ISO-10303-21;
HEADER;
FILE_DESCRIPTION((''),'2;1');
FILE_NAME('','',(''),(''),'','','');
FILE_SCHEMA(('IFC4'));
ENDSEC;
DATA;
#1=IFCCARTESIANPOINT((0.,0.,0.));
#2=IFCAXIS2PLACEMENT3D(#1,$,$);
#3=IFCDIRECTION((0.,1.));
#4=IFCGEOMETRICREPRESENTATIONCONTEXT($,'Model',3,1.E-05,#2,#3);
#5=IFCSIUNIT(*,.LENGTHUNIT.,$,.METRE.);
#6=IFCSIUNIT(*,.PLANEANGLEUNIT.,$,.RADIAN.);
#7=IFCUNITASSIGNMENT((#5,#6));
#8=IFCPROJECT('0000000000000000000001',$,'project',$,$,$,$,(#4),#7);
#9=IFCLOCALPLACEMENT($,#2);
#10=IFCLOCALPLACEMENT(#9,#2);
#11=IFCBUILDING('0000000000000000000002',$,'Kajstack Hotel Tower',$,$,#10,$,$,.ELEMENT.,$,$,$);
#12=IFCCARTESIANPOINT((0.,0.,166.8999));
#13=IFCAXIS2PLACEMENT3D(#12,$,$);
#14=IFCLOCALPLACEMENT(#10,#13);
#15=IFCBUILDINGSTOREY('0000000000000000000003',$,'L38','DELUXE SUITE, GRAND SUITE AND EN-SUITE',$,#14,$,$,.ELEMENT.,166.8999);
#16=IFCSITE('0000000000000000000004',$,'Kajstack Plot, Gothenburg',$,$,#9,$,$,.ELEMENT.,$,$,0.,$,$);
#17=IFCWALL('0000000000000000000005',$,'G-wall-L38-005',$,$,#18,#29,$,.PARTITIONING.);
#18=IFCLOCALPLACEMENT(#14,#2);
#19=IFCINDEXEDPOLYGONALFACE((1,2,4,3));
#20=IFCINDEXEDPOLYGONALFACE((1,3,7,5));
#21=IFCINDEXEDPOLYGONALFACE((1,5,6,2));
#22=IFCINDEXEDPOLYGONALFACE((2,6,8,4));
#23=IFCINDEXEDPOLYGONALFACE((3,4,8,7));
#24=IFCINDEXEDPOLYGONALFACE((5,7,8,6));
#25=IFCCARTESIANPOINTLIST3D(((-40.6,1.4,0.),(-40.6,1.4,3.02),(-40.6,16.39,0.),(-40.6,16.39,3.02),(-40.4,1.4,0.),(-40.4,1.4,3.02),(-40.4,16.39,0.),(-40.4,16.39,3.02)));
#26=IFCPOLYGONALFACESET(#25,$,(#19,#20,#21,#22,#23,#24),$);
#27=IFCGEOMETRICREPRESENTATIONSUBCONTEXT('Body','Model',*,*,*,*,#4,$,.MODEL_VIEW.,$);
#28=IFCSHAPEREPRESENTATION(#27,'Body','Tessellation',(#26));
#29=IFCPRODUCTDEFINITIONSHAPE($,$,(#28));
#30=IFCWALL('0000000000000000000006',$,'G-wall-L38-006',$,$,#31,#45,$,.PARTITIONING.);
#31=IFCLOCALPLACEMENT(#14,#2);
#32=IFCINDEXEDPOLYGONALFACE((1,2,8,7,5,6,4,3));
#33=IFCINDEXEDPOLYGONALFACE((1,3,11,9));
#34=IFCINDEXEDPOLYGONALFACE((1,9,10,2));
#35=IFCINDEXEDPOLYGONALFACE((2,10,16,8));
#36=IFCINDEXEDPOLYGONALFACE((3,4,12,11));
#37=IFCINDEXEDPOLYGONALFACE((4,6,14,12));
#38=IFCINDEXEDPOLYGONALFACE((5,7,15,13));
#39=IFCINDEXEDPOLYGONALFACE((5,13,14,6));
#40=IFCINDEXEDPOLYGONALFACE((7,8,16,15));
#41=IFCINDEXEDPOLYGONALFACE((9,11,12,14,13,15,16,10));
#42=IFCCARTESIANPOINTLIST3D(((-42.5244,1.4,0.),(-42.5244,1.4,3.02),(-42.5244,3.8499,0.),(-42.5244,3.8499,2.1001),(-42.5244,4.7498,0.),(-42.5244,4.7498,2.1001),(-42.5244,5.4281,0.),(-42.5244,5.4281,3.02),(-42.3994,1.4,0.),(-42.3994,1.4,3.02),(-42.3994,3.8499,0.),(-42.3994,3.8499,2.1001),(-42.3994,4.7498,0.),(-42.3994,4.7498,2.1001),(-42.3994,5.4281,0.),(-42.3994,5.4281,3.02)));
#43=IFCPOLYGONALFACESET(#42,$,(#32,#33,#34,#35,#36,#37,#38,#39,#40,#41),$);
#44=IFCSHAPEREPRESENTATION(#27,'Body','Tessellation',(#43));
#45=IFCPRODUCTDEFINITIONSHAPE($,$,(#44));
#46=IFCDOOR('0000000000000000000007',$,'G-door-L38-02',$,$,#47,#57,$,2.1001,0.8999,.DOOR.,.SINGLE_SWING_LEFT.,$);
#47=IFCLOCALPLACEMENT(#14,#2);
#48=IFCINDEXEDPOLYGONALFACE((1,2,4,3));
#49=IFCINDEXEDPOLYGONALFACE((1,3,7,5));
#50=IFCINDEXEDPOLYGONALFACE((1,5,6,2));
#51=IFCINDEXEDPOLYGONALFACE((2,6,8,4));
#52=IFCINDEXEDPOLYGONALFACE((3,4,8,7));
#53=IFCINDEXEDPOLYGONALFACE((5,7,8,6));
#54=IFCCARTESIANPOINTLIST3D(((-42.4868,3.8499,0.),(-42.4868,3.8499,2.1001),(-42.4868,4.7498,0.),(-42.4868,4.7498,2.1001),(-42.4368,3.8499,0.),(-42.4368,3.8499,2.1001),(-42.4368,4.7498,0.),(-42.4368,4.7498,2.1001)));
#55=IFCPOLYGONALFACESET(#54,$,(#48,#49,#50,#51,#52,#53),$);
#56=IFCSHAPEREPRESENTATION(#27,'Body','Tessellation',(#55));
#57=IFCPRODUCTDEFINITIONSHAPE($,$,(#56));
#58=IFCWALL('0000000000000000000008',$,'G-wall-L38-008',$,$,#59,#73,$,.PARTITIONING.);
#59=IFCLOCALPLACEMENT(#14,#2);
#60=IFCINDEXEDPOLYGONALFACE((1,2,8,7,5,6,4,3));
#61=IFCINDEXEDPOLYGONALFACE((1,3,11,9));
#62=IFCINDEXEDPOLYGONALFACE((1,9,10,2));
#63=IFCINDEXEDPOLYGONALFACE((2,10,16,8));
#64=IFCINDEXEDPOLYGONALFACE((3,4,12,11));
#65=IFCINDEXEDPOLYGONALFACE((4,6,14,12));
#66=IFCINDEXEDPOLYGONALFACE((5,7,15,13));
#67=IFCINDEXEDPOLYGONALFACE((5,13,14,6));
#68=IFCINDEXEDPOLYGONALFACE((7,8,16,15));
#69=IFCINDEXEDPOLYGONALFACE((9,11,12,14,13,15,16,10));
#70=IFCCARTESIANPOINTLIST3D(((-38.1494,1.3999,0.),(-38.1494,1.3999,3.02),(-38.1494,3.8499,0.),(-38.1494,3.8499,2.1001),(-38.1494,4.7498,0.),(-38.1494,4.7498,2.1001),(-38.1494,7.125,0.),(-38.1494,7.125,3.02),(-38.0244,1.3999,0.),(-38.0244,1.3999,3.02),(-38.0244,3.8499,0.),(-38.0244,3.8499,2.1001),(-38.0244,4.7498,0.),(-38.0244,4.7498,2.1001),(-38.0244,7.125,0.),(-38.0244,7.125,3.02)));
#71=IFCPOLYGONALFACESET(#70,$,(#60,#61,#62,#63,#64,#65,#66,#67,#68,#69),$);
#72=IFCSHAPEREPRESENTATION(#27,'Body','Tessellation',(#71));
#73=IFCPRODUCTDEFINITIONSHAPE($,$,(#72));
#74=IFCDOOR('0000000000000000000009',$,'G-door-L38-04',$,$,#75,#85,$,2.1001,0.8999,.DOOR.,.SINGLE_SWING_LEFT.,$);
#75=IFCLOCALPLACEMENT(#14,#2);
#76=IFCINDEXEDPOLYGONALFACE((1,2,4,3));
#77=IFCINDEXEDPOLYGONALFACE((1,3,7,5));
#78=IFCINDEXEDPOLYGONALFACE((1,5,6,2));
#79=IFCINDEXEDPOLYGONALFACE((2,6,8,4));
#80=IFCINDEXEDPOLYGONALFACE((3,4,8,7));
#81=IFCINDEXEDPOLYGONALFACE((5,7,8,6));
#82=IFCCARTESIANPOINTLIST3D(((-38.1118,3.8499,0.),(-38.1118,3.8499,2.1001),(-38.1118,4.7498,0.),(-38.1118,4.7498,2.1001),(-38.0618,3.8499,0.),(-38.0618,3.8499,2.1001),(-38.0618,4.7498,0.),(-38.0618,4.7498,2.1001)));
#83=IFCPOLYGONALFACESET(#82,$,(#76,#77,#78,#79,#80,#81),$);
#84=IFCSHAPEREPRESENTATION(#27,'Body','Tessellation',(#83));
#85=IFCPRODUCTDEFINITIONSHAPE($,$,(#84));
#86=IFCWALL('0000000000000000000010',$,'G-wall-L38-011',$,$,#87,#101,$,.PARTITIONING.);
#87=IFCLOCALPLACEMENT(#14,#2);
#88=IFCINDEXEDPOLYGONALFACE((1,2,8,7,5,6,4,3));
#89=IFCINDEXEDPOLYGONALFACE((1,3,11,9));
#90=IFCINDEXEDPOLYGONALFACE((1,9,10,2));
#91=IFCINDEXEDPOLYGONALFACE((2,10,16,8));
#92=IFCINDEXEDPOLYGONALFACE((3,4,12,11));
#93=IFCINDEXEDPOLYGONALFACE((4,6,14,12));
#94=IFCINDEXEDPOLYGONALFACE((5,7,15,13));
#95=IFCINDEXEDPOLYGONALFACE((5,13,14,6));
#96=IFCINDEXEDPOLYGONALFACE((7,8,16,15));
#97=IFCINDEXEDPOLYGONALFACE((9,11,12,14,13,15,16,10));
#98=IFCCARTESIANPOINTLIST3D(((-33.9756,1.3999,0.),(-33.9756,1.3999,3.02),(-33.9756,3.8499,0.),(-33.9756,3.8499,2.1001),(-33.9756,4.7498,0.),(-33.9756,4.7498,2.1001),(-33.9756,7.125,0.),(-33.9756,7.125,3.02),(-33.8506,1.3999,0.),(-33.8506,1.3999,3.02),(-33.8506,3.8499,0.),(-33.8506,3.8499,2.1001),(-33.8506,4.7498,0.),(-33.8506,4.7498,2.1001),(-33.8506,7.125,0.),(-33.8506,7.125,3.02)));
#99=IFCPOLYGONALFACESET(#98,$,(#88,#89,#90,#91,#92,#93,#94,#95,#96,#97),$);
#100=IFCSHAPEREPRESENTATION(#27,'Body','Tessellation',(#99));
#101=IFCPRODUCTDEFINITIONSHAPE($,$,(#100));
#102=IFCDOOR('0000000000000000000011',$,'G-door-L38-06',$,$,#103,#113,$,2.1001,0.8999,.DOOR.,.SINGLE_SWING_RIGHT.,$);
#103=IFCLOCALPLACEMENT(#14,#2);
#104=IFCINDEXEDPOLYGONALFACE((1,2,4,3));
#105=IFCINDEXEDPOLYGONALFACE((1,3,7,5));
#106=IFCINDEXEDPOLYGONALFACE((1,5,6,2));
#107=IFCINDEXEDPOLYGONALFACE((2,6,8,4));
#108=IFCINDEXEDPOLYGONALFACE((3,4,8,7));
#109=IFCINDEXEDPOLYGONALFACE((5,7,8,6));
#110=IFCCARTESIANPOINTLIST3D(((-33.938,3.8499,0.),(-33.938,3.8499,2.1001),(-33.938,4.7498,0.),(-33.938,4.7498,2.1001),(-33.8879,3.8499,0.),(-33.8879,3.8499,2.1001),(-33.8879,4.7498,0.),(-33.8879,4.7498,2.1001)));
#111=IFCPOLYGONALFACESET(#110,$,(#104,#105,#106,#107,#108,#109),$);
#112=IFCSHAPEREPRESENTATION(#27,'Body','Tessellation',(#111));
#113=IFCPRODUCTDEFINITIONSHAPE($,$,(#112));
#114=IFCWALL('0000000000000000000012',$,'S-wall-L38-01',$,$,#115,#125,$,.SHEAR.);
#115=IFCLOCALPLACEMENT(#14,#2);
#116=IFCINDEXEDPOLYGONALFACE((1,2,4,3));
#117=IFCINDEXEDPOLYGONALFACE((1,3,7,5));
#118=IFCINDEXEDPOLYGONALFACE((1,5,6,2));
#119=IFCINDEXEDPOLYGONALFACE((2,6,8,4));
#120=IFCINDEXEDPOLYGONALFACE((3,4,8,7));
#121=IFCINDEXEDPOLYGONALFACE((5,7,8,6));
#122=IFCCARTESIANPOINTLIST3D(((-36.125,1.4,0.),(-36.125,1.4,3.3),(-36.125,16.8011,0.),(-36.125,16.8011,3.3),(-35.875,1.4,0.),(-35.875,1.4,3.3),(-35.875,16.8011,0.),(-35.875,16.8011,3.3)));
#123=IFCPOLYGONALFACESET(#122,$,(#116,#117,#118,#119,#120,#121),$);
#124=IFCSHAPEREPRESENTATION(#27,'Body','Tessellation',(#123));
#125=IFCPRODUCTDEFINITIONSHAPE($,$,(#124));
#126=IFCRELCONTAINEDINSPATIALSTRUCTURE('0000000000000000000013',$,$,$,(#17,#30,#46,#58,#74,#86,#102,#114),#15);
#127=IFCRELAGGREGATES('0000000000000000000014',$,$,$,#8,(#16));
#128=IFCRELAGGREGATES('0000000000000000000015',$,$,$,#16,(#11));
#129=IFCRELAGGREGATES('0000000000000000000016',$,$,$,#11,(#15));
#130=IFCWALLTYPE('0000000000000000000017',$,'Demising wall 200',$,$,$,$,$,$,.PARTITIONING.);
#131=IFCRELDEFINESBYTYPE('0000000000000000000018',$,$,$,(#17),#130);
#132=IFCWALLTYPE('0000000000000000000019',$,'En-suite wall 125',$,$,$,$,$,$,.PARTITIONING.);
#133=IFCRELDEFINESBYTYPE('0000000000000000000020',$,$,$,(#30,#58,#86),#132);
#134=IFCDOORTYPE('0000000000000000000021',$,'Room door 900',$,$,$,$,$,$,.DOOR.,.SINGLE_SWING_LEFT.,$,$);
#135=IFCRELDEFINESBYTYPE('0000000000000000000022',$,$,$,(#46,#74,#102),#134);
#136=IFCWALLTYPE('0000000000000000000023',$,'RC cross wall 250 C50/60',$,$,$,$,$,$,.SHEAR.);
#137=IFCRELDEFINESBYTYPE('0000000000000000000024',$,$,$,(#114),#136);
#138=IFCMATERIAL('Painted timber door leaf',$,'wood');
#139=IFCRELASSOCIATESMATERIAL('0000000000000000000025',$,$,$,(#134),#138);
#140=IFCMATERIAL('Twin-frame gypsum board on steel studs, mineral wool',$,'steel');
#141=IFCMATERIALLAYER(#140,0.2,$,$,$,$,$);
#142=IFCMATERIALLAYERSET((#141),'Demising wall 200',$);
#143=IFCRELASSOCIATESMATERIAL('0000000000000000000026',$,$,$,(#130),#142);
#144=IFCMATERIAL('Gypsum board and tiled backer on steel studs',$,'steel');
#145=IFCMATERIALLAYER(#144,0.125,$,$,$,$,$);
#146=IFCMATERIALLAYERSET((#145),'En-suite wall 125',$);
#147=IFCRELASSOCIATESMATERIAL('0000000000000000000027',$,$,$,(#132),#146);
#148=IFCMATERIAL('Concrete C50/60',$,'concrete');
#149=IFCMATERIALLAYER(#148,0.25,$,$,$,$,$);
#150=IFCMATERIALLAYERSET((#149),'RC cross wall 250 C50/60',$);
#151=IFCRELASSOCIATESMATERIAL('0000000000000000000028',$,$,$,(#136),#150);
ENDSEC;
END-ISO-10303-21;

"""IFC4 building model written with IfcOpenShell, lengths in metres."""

from ifc_helpers import new_model, si_unit, direction, frame, frame_2d, origin, place, context, subcontext, project, spatial, rectangle, extrude, material, layer, layer_set, type_object, element, fill, save


model = new_model("IFC4")

# Units and contexts
model_context = context("Model", 3, precision=1e-05, world=origin(), true_north=direction((0.0, 1.0)))
body_context = subcontext(model_context, "Body", "Model", "MODEL_VIEW")
ifc_project = project(units=[si_unit("LENGTHUNIT", "METRE"), si_unit("PLANEANGLEUNIT", "RADIAN")], contexts=[model_context])

# Site, building, storey
site_placement = place(None, origin())
site = spatial("IfcSite", under=ifc_project, at=site_placement, Name="Kajstack Plot, Gothenburg", CompositionType="ELEMENT", RefElevation=0.0)
building_placement = place(site_placement, origin())
building = spatial("IfcBuilding", under=site, at=building_placement, Name="Kajstack Hotel Tower", CompositionType="ELEMENT")
storey_placement = place(building_placement, frame((0.0, 0.0, 166.8999)))
storey = spatial("IfcBuildingStorey", under=building, at=storey_placement, Name="L38", Description="DELUXE SUITE, GRAND SUITE AND EN-SUITE", CompositionType="ELEMENT", Elevation=166.8999)

# Shared definitions
ifc_material_1 = material(Name="Painted timber door leaf", Category="wood")
door_type_1 = type_object("IfcDoorType", Name="Room door 900", OperationType="SINGLE_SWING_LEFT", PredefinedType="DOOR", material=ifc_material_1)

# Wall
ifc_material_2 = material(Name="Twin-frame gypsum board on steel studs, mineral wool", Category="steel")
ifc_layer_1 = layer(ifc_material_2, 0.2)
ifc_layer_set_1 = layer_set([ifc_layer_1], Name="Demising wall 200")
wall_type_1 = type_object("IfcWallType", Name="Demising wall 200", PredefinedType="PARTITIONING", material=ifc_layer_set_1)
wall_1_placement = place(storey_placement, frame((-40.5, 1.3999, 0.0), z_axis=(0.0, 0.0, 1.0), x_axis=(0.0, 1.0, 0.0)))
element("IfcWall", 1, at=wall_1_placement, inside=storey, type_object=wall_type_1, Name="G-wall-L38-005", PredefinedType="PARTITIONING", context=body_context, shape_type="SweptSolid", body=[
    extrude(rectangle(XDim=14.99, YDim=0.2, at=frame_2d((7.4951, 0.0))), origin(), (0.0, 0.0, 1.0), 3.02),
])

# Walls, openings, doors
ifc_material_3 = material(Name="Gypsum board and tiled backer on steel studs", Category="steel")
ifc_layer_2 = layer(ifc_material_3, 0.125)
ifc_layer_set_2 = layer_set([ifc_layer_2], Name="En-suite wall 125")
wall_type_2 = type_object("IfcWallType", Name="En-suite wall 125", PredefinedType="PARTITIONING", material=ifc_layer_set_2)
wall_2_placement = place(storey_placement, frame((-42.4619, 1.3999, 0.0), z_axis=(0.0, 0.0, 1.0), x_axis=(0.0, 1.0, 0.0)))
wall_2 = element("IfcWall", 2, at=wall_2_placement, inside=storey, type_object=wall_type_2, Name="G-wall-L38-006", PredefinedType="PARTITIONING", context=body_context, shape_type="SweptSolid", body=[
    extrude(rectangle(XDim=4.0281, YDim=0.125, at=frame_2d((2.0142, 0.0))), origin(), (0.0, 0.0, 1.0), 3.02),
])
opening_1_placement = place(wall_2_placement, frame((2.45, 0.0, 0.0)))
opening_1 = element("IfcOpeningElement", 3, at=opening_1_placement, cuts=wall_2, PredefinedType="OPENING", context=body_context, shape_type="SweptSolid", body=[
    extrude(rectangle(XDim=0.8999, YDim=2.1001, at=frame_2d((0.45, 1.05))), frame((0.0, 0.0725, 0.0), z_axis=(0.0, -1.0, 0.0), x_axis=(1.0, 0.0, 0.0)), (0.0, 0.0, 1.0), 0.145),
])
door_1_placement = place(opening_1_placement, origin())
door_1 = element("IfcDoor", 4, at=door_1_placement, inside=storey, type_object=door_type_1, Name="G-door-L38-02", OperationType="SINGLE_SWING_LEFT", OverallHeight=2.1001, OverallWidth=0.8999, PredefinedType="DOOR", context=body_context, shape_type="SweptSolid", body=[
    extrude(rectangle(XDim=0.8999, YDim=2.1001, at=frame_2d((0.45, 1.05))), frame((0.0, 0.0249, 0.0), z_axis=(0.0, -1.0, 0.0), x_axis=(1.0, 0.0, 0.0)), (0.0, 0.0, 1.0), 0.05),
])
fill(opening_1, door_1)
wall_3_placement = place(storey_placement, frame((-38.0869, 1.3999, 0.0), z_axis=(0.0, 0.0, 1.0), x_axis=(0.0, 1.0, 0.0)))
wall_3 = element("IfcWall", 5, at=wall_3_placement, inside=storey, type_object=wall_type_2, Name="G-wall-L38-008", PredefinedType="PARTITIONING", context=body_context, shape_type="SweptSolid", body=[
    extrude(rectangle(XDim=5.7251, YDim=0.125, at=frame_2d((2.8625, 0.0))), origin(), (0.0, 0.0, 1.0), 3.02),
])
opening_2_placement = place(wall_3_placement, frame((2.45, 0.0, 0.0)))
opening_2 = element("IfcOpeningElement", 6, at=opening_2_placement, cuts=wall_3, PredefinedType="OPENING", context=body_context, shape_type="SweptSolid", body=[
    extrude(rectangle(XDim=0.8999, YDim=2.1001, at=frame_2d((0.45, 1.05))), frame((0.0, 0.0725, 0.0), z_axis=(0.0, -1.0, 0.0), x_axis=(1.0, 0.0, 0.0)), (0.0, 0.0, 1.0), 0.145),
])
door_2_placement = place(opening_2_placement, origin())
door_2 = element("IfcDoor", 7, at=door_2_placement, inside=storey, type_object=door_type_1, Name="G-door-L38-04", OperationType="SINGLE_SWING_LEFT", OverallHeight=2.1001, OverallWidth=0.8999, PredefinedType="DOOR", context=body_context, shape_type="SweptSolid", body=[
    extrude(rectangle(XDim=0.8999, YDim=2.1001, at=frame_2d((0.45, 1.05))), frame((0.0, 0.0249, 0.0), z_axis=(0.0, -1.0, 0.0), x_axis=(1.0, 0.0, 0.0)), (0.0, 0.0, 1.0), 0.05),
])
fill(opening_2, door_2)
wall_4_placement = place(storey_placement, frame((-33.9131, 1.3999, 0.0), z_axis=(0.0, 0.0, 1.0), x_axis=(0.0, 1.0, 0.0)))
wall_4 = element("IfcWall", 8, at=wall_4_placement, inside=storey, type_object=wall_type_2, Name="G-wall-L38-011", PredefinedType="PARTITIONING", context=body_context, shape_type="SweptSolid", body=[
    extrude(rectangle(XDim=5.7251, YDim=0.125, at=frame_2d((2.8625, 0.0))), origin(), (0.0, 0.0, 1.0), 3.02),
])
opening_3_placement = place(wall_4_placement, frame((2.45, 0.0, 0.0)))
opening_3 = element("IfcOpeningElement", 9, at=opening_3_placement, cuts=wall_4, PredefinedType="OPENING", context=body_context, shape_type="SweptSolid", body=[
    extrude(rectangle(XDim=0.8999, YDim=2.1001, at=frame_2d((0.45, 1.05))), frame((0.0, 0.0725, 0.0), z_axis=(0.0, -1.0, 0.0), x_axis=(1.0, 0.0, 0.0)), (0.0, 0.0, 1.0), 0.145),
])
door_3_placement = place(opening_3_placement, origin())
door_3 = element("IfcDoor", 10, at=door_3_placement, inside=storey, type_object=door_type_1, Name="G-door-L38-06", OperationType="SINGLE_SWING_RIGHT", OverallHeight=2.1001, OverallWidth=0.8999, PredefinedType="DOOR", context=body_context, shape_type="SweptSolid", body=[
    extrude(rectangle(XDim=0.8999, YDim=2.1001, at=frame_2d((0.45, 1.05))), frame((0.0, 0.0249, 0.0), z_axis=(0.0, -1.0, 0.0), x_axis=(1.0, 0.0, 0.0)), (0.0, 0.0, 1.0), 0.05),
])
fill(opening_3, door_3)

# Wall
ifc_material_4 = material(Name="Concrete C50/60", Category="concrete")
ifc_layer_3 = layer(ifc_material_4, 0.25)
ifc_layer_set_3 = layer_set([ifc_layer_3], Name="RC cross wall 250 C50/60")
wall_type_3 = type_object("IfcWallType", Name="RC cross wall 250 C50/60", PredefinedType="SHEAR", material=ifc_layer_set_3)
wall_5_placement = place(storey_placement, frame((-36.0, 1.3999, 0.0), z_axis=(0.0, 0.0, 1.0), x_axis=(0.0, 1.0, 0.0)))
element("IfcWall", 11, at=wall_5_placement, inside=storey, type_object=wall_type_3, Name="S-wall-L38-01", PredefinedType="SHEAR", context=body_context, shape_type="SweptSolid", body=[
    extrude(rectangle(XDim=15.4011, YDim=0.25, at=frame_2d((7.7007, 0.0))), origin(), (0.0, 0.0, 1.0), 3.3),
])

save(model, "model.ifc")
